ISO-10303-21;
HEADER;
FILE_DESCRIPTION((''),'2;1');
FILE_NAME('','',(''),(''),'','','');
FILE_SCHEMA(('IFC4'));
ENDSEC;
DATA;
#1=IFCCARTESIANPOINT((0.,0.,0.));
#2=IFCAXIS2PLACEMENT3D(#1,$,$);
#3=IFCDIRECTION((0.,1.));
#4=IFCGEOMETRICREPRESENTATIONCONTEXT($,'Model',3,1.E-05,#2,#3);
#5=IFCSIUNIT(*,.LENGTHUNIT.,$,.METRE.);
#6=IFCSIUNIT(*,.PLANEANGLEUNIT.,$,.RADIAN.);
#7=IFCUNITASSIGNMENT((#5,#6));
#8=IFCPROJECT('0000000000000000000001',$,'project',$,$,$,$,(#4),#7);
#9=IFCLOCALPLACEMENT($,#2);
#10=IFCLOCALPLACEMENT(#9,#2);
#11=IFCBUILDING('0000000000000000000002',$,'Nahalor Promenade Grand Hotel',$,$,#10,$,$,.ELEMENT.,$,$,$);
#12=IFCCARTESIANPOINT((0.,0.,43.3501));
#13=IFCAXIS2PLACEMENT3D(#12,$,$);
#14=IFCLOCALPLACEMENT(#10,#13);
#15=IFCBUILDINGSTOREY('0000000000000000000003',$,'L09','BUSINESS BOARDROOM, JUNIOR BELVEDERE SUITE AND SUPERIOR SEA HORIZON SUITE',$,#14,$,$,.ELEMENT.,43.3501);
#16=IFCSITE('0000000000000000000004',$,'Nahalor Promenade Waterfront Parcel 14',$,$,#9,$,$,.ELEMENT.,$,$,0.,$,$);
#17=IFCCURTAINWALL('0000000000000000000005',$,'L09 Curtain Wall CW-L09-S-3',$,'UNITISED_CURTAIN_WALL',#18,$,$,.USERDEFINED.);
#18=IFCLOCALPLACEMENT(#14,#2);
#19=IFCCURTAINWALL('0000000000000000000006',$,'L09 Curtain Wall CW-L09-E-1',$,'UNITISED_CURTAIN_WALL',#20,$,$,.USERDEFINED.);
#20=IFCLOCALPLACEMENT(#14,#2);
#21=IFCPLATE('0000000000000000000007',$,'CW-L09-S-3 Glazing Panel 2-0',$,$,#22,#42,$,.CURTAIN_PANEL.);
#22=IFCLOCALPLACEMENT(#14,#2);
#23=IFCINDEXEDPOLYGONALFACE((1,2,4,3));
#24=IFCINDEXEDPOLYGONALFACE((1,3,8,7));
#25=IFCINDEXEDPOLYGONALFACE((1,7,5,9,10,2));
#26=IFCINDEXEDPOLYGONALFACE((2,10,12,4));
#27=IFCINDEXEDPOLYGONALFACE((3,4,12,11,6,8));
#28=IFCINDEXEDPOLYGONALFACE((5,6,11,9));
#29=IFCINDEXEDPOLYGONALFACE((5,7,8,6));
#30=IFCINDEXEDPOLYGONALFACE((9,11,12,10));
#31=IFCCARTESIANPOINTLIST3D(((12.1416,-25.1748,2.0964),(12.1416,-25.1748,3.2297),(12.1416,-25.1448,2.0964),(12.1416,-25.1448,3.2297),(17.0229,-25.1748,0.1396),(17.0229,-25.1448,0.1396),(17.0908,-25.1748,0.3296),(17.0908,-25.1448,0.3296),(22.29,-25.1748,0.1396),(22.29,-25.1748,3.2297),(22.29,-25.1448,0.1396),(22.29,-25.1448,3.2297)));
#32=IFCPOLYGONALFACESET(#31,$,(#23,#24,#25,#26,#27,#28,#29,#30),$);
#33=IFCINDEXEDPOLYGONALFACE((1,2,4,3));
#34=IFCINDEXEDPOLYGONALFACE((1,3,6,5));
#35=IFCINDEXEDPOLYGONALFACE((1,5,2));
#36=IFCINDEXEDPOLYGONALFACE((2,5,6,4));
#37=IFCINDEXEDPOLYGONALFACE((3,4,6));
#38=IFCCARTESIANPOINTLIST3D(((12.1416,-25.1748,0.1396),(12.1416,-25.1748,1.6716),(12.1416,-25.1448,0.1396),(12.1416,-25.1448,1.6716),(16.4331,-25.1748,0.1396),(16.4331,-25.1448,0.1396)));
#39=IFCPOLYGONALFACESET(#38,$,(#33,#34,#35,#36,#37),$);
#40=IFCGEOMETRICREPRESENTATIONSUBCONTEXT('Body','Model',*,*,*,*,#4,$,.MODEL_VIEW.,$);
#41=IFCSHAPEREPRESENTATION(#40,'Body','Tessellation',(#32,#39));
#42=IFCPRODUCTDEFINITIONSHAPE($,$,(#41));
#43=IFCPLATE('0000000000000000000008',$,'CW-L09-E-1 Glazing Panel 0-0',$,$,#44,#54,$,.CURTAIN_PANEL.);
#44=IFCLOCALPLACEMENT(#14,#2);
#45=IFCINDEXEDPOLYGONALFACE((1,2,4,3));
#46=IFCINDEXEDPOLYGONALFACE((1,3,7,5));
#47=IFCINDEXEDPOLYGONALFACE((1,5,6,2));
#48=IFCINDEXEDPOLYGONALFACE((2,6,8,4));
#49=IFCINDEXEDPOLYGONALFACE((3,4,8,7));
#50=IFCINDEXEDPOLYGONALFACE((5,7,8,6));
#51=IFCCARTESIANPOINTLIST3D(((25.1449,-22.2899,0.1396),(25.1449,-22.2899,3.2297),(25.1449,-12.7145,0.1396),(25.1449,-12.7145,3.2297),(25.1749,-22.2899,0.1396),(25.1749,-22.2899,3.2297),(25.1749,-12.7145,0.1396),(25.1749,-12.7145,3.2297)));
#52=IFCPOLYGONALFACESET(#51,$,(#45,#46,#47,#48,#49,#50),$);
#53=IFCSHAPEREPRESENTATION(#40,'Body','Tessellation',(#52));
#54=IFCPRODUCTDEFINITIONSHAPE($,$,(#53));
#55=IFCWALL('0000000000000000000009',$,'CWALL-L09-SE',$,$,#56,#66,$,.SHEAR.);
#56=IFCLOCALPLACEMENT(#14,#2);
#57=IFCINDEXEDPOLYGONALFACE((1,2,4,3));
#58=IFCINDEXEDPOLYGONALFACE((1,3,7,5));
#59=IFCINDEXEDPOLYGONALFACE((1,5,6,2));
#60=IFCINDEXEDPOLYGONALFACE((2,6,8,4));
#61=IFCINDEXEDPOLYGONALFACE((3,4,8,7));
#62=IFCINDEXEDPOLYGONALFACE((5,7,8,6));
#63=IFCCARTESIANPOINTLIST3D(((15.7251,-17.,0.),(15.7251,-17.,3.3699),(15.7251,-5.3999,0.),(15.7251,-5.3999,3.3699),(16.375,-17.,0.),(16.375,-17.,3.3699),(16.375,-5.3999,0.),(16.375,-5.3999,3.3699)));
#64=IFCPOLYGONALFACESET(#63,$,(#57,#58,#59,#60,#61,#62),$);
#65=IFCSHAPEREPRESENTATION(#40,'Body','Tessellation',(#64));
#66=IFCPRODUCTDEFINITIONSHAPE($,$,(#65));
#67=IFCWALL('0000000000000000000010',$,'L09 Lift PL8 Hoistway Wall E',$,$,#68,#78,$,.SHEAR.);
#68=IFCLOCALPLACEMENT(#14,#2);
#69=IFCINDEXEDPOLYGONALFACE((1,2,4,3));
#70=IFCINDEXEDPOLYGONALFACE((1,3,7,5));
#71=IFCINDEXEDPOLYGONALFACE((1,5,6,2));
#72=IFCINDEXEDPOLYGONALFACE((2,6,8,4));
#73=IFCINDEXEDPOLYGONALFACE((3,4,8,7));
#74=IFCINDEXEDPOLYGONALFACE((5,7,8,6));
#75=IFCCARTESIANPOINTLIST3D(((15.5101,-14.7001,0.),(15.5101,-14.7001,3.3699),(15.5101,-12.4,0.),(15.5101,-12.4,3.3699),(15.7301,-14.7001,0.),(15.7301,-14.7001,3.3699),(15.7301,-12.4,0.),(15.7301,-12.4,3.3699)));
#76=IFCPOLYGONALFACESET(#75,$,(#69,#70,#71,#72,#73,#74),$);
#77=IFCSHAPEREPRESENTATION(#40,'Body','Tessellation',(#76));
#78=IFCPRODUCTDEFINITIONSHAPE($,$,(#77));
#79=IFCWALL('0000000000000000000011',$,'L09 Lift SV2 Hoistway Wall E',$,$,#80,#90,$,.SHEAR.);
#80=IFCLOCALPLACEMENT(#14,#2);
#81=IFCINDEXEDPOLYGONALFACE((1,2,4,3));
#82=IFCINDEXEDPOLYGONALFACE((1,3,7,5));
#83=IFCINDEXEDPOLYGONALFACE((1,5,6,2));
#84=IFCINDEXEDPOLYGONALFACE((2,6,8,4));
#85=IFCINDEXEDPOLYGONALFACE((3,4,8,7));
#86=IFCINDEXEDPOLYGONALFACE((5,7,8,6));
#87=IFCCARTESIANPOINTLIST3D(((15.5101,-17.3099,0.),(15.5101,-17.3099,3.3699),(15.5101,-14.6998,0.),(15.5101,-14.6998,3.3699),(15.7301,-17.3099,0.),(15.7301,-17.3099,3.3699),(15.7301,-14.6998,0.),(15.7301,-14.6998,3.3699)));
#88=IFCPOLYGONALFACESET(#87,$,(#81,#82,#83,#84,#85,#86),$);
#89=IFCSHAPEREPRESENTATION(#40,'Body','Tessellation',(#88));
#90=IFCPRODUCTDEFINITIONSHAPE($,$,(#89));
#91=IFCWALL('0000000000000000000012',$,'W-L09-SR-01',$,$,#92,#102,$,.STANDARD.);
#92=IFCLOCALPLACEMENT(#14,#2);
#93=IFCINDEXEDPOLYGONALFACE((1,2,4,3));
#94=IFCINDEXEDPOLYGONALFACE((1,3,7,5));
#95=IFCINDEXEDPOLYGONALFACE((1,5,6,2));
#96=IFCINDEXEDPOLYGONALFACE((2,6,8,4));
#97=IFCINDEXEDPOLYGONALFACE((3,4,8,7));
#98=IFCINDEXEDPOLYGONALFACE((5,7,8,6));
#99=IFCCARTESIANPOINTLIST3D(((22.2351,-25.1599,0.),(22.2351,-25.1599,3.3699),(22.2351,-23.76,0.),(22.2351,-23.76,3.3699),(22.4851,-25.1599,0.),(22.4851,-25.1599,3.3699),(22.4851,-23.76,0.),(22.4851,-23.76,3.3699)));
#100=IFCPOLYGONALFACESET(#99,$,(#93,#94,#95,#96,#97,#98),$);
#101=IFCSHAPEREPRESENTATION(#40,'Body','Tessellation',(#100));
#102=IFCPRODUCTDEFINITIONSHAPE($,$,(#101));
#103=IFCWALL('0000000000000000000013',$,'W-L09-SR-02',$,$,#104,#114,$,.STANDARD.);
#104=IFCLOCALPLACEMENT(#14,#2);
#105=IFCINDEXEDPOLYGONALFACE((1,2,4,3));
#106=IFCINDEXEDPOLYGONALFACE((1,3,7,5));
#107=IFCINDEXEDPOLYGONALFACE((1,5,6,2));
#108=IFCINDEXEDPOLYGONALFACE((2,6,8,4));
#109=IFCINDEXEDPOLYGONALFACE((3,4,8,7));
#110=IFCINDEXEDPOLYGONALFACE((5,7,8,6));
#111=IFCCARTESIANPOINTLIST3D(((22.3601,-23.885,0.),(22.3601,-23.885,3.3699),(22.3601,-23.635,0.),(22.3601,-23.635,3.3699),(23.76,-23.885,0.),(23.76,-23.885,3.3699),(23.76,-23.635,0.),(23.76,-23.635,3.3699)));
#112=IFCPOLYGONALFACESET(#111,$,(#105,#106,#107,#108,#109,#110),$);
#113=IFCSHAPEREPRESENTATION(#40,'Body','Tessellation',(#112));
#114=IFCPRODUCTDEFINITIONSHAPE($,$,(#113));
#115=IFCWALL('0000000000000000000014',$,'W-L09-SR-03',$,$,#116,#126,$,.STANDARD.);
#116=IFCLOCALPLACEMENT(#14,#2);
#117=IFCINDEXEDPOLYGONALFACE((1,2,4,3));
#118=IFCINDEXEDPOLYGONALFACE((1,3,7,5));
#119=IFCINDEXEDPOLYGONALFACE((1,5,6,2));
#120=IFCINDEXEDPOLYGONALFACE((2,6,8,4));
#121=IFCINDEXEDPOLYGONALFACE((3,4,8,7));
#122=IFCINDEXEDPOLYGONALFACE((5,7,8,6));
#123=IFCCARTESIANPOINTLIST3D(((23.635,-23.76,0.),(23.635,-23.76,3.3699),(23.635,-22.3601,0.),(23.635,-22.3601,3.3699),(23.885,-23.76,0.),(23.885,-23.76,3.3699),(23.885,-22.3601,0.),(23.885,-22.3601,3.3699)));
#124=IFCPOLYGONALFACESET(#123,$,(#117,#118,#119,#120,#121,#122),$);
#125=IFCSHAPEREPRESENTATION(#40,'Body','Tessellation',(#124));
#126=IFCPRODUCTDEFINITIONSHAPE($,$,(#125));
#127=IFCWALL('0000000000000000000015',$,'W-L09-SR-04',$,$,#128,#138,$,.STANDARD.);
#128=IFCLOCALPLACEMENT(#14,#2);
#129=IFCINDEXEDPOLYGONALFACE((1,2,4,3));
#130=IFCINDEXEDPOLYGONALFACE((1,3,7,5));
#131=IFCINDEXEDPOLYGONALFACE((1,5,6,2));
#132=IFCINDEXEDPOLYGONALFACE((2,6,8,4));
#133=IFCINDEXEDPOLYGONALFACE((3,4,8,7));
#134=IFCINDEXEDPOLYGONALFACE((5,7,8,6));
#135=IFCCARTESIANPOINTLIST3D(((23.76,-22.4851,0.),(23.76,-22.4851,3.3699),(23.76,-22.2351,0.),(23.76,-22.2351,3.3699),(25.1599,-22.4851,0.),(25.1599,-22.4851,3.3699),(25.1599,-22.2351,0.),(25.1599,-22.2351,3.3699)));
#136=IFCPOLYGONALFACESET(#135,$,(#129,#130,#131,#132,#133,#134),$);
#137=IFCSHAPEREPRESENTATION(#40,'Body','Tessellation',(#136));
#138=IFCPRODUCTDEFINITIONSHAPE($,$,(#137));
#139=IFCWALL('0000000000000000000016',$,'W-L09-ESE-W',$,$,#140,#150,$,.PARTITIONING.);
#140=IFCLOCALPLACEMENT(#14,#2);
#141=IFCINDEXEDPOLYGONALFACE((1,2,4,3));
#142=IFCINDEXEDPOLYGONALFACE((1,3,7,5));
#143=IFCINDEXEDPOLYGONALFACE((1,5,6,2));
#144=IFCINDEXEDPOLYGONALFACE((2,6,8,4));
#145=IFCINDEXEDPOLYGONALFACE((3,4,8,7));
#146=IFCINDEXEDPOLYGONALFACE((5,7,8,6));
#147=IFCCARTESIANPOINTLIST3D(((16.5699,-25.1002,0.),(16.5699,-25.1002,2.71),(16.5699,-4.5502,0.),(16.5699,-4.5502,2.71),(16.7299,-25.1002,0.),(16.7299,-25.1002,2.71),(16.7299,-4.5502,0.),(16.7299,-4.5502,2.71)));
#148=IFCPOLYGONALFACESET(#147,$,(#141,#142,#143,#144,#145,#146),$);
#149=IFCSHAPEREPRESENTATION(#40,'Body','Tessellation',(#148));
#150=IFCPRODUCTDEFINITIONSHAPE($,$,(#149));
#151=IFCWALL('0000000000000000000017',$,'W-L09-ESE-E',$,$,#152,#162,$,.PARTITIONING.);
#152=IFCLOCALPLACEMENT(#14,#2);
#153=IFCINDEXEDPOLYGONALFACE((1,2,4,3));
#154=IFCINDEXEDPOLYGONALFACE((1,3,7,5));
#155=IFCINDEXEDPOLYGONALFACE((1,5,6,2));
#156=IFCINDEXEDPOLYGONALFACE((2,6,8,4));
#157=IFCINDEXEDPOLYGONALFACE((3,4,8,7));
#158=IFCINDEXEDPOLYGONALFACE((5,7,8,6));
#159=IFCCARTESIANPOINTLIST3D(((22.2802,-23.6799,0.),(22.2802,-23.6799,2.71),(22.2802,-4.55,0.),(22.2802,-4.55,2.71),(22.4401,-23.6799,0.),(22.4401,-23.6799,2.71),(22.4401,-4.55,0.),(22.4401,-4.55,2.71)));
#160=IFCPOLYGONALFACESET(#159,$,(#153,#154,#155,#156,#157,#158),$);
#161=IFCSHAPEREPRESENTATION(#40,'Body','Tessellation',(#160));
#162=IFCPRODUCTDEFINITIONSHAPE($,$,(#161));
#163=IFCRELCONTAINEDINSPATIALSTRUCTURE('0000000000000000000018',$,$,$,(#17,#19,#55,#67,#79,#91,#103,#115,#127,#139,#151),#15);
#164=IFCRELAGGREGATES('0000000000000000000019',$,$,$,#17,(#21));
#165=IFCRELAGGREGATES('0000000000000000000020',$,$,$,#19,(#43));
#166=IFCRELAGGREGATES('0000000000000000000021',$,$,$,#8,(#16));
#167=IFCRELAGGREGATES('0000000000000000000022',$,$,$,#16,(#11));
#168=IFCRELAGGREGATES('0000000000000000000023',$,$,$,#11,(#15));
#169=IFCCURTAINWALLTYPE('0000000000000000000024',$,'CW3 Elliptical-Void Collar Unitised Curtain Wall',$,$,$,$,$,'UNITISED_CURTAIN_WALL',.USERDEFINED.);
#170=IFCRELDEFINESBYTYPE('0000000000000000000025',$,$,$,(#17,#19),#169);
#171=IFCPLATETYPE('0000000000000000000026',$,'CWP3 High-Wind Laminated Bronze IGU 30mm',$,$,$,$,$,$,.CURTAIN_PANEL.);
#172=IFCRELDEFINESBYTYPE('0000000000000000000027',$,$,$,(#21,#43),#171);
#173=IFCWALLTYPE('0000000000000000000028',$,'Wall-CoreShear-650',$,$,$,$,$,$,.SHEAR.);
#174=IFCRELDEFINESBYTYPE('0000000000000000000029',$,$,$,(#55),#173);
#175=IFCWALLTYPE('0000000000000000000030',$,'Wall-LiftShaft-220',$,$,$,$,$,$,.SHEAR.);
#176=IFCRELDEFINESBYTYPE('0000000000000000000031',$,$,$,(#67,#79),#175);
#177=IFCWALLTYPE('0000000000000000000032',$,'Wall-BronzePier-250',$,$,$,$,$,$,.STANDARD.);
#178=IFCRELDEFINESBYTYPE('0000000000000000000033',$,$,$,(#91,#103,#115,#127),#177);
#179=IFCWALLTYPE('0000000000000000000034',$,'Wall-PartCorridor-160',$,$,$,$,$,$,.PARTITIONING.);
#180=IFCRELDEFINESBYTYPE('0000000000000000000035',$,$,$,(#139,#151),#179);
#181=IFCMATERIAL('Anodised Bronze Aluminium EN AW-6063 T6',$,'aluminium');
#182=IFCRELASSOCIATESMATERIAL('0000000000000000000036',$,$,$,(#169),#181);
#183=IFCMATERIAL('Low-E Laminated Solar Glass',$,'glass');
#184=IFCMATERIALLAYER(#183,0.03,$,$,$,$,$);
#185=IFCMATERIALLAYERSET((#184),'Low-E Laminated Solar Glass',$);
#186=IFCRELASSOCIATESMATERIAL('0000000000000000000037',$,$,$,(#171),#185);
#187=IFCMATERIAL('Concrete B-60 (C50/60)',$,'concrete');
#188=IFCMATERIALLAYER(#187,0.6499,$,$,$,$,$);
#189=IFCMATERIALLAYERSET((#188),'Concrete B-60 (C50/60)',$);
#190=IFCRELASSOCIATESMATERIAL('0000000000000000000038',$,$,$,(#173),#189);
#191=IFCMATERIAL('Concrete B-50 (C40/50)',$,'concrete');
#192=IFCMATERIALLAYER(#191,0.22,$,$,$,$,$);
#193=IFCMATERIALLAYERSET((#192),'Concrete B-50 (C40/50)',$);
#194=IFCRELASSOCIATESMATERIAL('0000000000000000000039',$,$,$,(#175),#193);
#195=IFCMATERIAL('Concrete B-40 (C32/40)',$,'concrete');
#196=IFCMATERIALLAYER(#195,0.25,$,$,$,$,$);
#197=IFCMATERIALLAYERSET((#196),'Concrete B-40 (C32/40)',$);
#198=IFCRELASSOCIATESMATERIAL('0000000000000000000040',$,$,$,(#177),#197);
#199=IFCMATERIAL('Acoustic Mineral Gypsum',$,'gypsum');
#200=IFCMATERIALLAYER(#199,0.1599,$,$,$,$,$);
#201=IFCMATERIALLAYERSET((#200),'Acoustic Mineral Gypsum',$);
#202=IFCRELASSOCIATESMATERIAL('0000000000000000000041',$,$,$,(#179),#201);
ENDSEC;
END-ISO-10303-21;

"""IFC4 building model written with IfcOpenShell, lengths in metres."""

from ifc_helpers import new_model, si_unit, direction, frame, frame_2d, origin, origin_2d, place, context, subcontext, project, spatial, polyline, rectangle, outline, extrude, source, transform, mapped, material, layer, layer_set, type_object, element, aggregate, save


model = new_model("IFC4")

# Units and contexts
model_context = context("Model", 3, precision=1e-05, world=origin(), true_north=direction((0.0, 1.0)))
body_context = subcontext(model_context, "Body", "Model", "MODEL_VIEW")
ifc_project = project(units=[si_unit("LENGTHUNIT", "METRE"), si_unit("PLANEANGLEUNIT", "RADIAN")], contexts=[model_context])

# Site, building, storey
site_placement = place(None, origin())
site = spatial("IfcSite", under=ifc_project, at=site_placement, Name="Nahalor Promenade Waterfront Parcel 14", CompositionType="ELEMENT", RefElevation=0.0)
building_placement = place(site_placement, origin())
building = spatial("IfcBuilding", under=site, at=building_placement, Name="Nahalor Promenade Grand Hotel", CompositionType="ELEMENT")
storey_placement = place(building_placement, frame((0.0, 0.0, 43.3501)))
storey = spatial("IfcBuildingStorey", under=building, at=storey_placement, Name="L09", Description="BUSINESS BOARDROOM, JUNIOR BELVEDERE SUITE AND SUPERIOR SEA HORIZON SUITE", CompositionType="ELEMENT", Elevation=43.3501)

# Curtain wall
ifc_material_1 = material(Name="Anodised Bronze Aluminium EN AW-6063 T6", Category="aluminium")
curtain_wall_type = type_object("IfcCurtainWallType", Name="CW3 Elliptical-Void Collar Unitised Curtain Wall", ElementType="UNITISED_CURTAIN_WALL", PredefinedType="USERDEFINED", material=ifc_material_1)
curtain_wall_1_placement = place(storey_placement, origin())
curtain_wall_1 = element("IfcCurtainWall", 1, at=curtain_wall_1_placement, inside=storey, type_object=curtain_wall_type, Name="L09 Curtain Wall CW-L09-S-3", ObjectType="UNITISED_CURTAIN_WALL", PredefinedType="USERDEFINED")

# Curtain wall
curtain_wall_2_placement = place(storey_placement, origin())
curtain_wall_2 = element("IfcCurtainWall", 2, at=curtain_wall_2_placement, inside=storey, type_object=curtain_wall_type, Name="L09 Curtain Wall CW-L09-E-1", ObjectType="UNITISED_CURTAIN_WALL", PredefinedType="USERDEFINED")

# Plates
ifc_material_2 = material(Name="Low-E Laminated Solar Glass", Category="glass")
ifc_layer_1 = layer(ifc_material_2, 0.03)
ifc_layer_set_1 = layer_set([ifc_layer_1], Name="Low-E Laminated Solar Glass")
plate_type = type_object("IfcPlateType", Name="CWP3 High-Wind Laminated Bronze IGU 30mm", PredefinedType="CURTAIN_PANEL", material=ifc_layer_set_1)
plate_1_placement = place(storey_placement, frame((17.2158, -25.1599, 0.1396), z_axis=(0.0, 0.0, 1.0), x_axis=(1.0, 0.0, 0.0)))
plate_1 = element("IfcPlate", 3, at=plate_1_placement, type_object=plate_type, Name="CW-L09-S-3 Glazing Panel 2-0", PredefinedType="CURTAIN_PANEL", context=body_context, shape_type="SweptSolid", body=[
    extrude(outline(polyline([(5.0742, 3.0901), (-5.0742, 3.0901), (-5.0742, 1.9568), (-0.125, 0.1899), (-0.1929, 0.0), (5.0742, 0.0), (5.0742, 3.0901)])), frame((0.0, 0.0151, 0.0), z_axis=(0.0, -1.0, 0.0), x_axis=(1.0, 0.0, 0.0)), (0.0, 0.0, 1.0), 0.03),
    extrude(outline(polyline([(-5.0742, 1.532), (-5.0742, 0.0), (-0.7827, 0.0), (-5.0742, 1.532)])), frame((0.0, 0.0151, 0.0), z_axis=(0.0, -1.0, 0.0), x_axis=(1.0, 0.0, 0.0)), (0.0, 0.0, 1.0), 0.03),
])
aggregate(curtain_wall_1, [plate_1])
shared_shape_1 = source(origin(), body_context, "Body", "SweptSolid", [
    extrude(rectangle(XDim=9.5754, YDim=0.03, at=origin_2d()), origin(), (0.0, 0.0, 1.0), 3.0901),
])
plate_2_placement = place(storey_placement, frame((25.1599, -17.5022, 0.1396), z_axis=(0.0, 0.0, 1.0), x_axis=(0.0, 1.0, 0.0)))
plate_2 = element("IfcPlate", 4, at=plate_2_placement, type_object=plate_type, Name="CW-L09-E-1 Glazing Panel 0-0", PredefinedType="CURTAIN_PANEL", context=body_context, shape_type="MappedRepresentation", body=[
    mapped(shared_shape_1, transform((0.0, 0.0, 0.0), scale=1.0)),
])
aggregate(curtain_wall_2, [plate_2])

# Walls
ifc_material_3 = material(Name="Concrete B-60 (C50/60)", Category="concrete")
ifc_layer_2 = layer(ifc_material_3, 0.6499)
ifc_layer_set_2 = layer_set([ifc_layer_2], Name="Concrete B-60 (C50/60)")
wall_type_1 = type_object("IfcWallType", Name="Wall-CoreShear-650", PredefinedType="SHEAR", material=ifc_layer_set_2)
shared_shape_2 = source(origin(), body_context, "Body", "SweptSolid", [
    extrude(rectangle(XDim=11.6001, YDim=0.6499, at=frame_2d((5.8, 0.0))), origin(), (0.0, 0.0, 1.0), 3.3699),
])
wall_1_placement = place(storey_placement, frame((16.05, -17.0, 0.0), z_axis=(0.0, 0.0, 1.0), x_axis=(0.0, 1.0, 0.0)))
element("IfcWall", 5, at=wall_1_placement, inside=storey, type_object=wall_type_1, Name="CWALL-L09-SE", PredefinedType="SHEAR", context=body_context, shape_type="MappedRepresentation", body=[
    mapped(shared_shape_2, transform((0.0, 0.0, 0.0), scale=1.0)),
])
ifc_material_4 = material(Name="Concrete B-50 (C40/50)", Category="concrete")
ifc_layer_3 = layer(ifc_material_4, 0.22)
ifc_layer_set_3 = layer_set([ifc_layer_3], Name="Concrete B-50 (C40/50)")
wall_type_2 = type_object("IfcWallType", Name="Wall-LiftShaft-220", PredefinedType="SHEAR", material=ifc_layer_set_3)
shared_shape_3 = source(origin(), body_context, "Body", "SweptSolid", [
    extrude(rectangle(XDim=2.3, YDim=0.22, at=frame_2d((1.1499, 0.0))), origin(), (0.0, 0.0, 1.0), 3.3699),
])
wall_2_placement = place(storey_placement, frame((15.6201, -14.7, 0.0), z_axis=(0.0, 0.0, 1.0), x_axis=(0.0, 1.0, 0.0)))
element("IfcWall", 6, at=wall_2_placement, inside=storey, type_object=wall_type_2, Name="L09 Lift PL8 Hoistway Wall E", PredefinedType="SHEAR", context=body_context, shape_type="MappedRepresentation", body=[
    mapped(shared_shape_3, transform((0.0, 0.0, 0.0), scale=1.0)),
])
shared_shape_4 = source(origin(), body_context, "Body", "SweptSolid", [
    extrude(rectangle(XDim=2.6101, YDim=0.22, at=frame_2d((1.3052, 0.0))), origin(), (0.0, 0.0, 1.0), 3.3699),
])
wall_3_placement = place(storey_placement, frame((15.6201, -17.3101, 0.0), z_axis=(0.0, 0.0, 1.0), x_axis=(0.0, 1.0, 0.0)))
element("IfcWall", 7, at=wall_3_placement, inside=storey, type_object=wall_type_2, Name="L09 Lift SV2 Hoistway Wall E", PredefinedType="SHEAR", context=body_context, shape_type="MappedRepresentation", body=[
    mapped(shared_shape_4, transform((0.0, 0.0, 0.0), scale=1.0)),
])
ifc_material_5 = material(Name="Concrete B-40 (C32/40)", Category="concrete")
ifc_layer_4 = layer(ifc_material_5, 0.25)
ifc_layer_set_4 = layer_set([ifc_layer_4], Name="Concrete B-40 (C32/40)")
wall_type_3 = type_object("IfcWallType", Name="Wall-BronzePier-250", PredefinedType="STANDARD", material=ifc_layer_set_4)
shared_shape_5 = source(origin(), body_context, "Body", "SweptSolid", [
    extrude(rectangle(XDim=1.3999, YDim=0.25, at=frame_2d((0.7, 0.0))), origin(), (0.0, 0.0, 1.0), 3.3699),
])
for number, where, z_axis, x_axis, name in (
    (8, (22.3601, -25.1599, 0.0), (0.0, 0.0, 1.0), (0.0, 1.0, 0.0), "W-L09-SR-01"),
    (9, (22.3601, -23.76, 0.0), (0.0, 0.0, 1.0), (1.0, 0.0, 0.0), "W-L09-SR-02"),
    (10, (23.76, -23.76, 0.0), (0.0, 0.0, 1.0), (0.0, 1.0, 0.0), "W-L09-SR-03"),
    (11, (23.76, -22.3601, 0.0), (0.0, 0.0, 1.0), (1.0, 0.0, 0.0), "W-L09-SR-04"),
):
    element("IfcWall", number, at=place(storey_placement, frame(where, z_axis=z_axis, x_axis=x_axis)), inside=storey, type_object=wall_type_3, Name=name, PredefinedType="STANDARD", context=body_context, shape_type="MappedRepresentation", body=[
        mapped(shared_shape_5, transform((0.0, 0.0, 0.0), scale=1.0)),
    ])
ifc_material_6 = material(Name="Acoustic Mineral Gypsum", Category="gypsum")
ifc_layer_5 = layer(ifc_material_6, 0.1599)
ifc_layer_set_5 = layer_set([ifc_layer_5], Name="Acoustic Mineral Gypsum")
wall_type_4 = type_object("IfcWallType", Name="Wall-PartCorridor-160", PredefinedType="PARTITIONING", material=ifc_layer_set_5)
shared_shape_6 = source(origin(), body_context, "Body", "SweptSolid", [
    extrude(rectangle(XDim=20.55, YDim=0.1599, at=frame_2d((10.2749, 0.0))), origin(), (0.0, 0.0, 1.0), 2.71),
])
wall_4_placement = place(storey_placement, frame((16.6499, -25.1001, 0.0), z_axis=(0.0, 0.0, 1.0), x_axis=(0.0, 1.0, 0.0)))
element("IfcWall", 12, at=wall_4_placement, inside=storey, type_object=wall_type_4, Name="W-L09-ESE-W", PredefinedType="PARTITIONING", context=body_context, shape_type="MappedRepresentation", body=[
    mapped(shared_shape_6, transform((0.0, 0.0, 0.0), scale=1.0)),
])
shared_shape_7 = source(origin(), body_context, "Body", "SweptSolid", [
    extrude(rectangle(XDim=19.1299, YDim=0.1599, at=frame_2d((9.5649, 0.0))), origin(), (0.0, 0.0, 1.0), 2.71),
])
wall_5_placement = place(storey_placement, frame((22.3601, -23.6799, 0.0), z_axis=(0.0, 0.0, 1.0), x_axis=(0.0, 1.0, 0.0)))
element("IfcWall", 13, at=wall_5_placement, inside=storey, type_object=wall_type_4, Name="W-L09-ESE-E", PredefinedType="PARTITIONING", context=body_context, shape_type="MappedRepresentation", body=[
    mapped(shared_shape_7, transform((0.0, 0.0, 0.0), scale=1.0)),
])

save(model, "model.ifc")
